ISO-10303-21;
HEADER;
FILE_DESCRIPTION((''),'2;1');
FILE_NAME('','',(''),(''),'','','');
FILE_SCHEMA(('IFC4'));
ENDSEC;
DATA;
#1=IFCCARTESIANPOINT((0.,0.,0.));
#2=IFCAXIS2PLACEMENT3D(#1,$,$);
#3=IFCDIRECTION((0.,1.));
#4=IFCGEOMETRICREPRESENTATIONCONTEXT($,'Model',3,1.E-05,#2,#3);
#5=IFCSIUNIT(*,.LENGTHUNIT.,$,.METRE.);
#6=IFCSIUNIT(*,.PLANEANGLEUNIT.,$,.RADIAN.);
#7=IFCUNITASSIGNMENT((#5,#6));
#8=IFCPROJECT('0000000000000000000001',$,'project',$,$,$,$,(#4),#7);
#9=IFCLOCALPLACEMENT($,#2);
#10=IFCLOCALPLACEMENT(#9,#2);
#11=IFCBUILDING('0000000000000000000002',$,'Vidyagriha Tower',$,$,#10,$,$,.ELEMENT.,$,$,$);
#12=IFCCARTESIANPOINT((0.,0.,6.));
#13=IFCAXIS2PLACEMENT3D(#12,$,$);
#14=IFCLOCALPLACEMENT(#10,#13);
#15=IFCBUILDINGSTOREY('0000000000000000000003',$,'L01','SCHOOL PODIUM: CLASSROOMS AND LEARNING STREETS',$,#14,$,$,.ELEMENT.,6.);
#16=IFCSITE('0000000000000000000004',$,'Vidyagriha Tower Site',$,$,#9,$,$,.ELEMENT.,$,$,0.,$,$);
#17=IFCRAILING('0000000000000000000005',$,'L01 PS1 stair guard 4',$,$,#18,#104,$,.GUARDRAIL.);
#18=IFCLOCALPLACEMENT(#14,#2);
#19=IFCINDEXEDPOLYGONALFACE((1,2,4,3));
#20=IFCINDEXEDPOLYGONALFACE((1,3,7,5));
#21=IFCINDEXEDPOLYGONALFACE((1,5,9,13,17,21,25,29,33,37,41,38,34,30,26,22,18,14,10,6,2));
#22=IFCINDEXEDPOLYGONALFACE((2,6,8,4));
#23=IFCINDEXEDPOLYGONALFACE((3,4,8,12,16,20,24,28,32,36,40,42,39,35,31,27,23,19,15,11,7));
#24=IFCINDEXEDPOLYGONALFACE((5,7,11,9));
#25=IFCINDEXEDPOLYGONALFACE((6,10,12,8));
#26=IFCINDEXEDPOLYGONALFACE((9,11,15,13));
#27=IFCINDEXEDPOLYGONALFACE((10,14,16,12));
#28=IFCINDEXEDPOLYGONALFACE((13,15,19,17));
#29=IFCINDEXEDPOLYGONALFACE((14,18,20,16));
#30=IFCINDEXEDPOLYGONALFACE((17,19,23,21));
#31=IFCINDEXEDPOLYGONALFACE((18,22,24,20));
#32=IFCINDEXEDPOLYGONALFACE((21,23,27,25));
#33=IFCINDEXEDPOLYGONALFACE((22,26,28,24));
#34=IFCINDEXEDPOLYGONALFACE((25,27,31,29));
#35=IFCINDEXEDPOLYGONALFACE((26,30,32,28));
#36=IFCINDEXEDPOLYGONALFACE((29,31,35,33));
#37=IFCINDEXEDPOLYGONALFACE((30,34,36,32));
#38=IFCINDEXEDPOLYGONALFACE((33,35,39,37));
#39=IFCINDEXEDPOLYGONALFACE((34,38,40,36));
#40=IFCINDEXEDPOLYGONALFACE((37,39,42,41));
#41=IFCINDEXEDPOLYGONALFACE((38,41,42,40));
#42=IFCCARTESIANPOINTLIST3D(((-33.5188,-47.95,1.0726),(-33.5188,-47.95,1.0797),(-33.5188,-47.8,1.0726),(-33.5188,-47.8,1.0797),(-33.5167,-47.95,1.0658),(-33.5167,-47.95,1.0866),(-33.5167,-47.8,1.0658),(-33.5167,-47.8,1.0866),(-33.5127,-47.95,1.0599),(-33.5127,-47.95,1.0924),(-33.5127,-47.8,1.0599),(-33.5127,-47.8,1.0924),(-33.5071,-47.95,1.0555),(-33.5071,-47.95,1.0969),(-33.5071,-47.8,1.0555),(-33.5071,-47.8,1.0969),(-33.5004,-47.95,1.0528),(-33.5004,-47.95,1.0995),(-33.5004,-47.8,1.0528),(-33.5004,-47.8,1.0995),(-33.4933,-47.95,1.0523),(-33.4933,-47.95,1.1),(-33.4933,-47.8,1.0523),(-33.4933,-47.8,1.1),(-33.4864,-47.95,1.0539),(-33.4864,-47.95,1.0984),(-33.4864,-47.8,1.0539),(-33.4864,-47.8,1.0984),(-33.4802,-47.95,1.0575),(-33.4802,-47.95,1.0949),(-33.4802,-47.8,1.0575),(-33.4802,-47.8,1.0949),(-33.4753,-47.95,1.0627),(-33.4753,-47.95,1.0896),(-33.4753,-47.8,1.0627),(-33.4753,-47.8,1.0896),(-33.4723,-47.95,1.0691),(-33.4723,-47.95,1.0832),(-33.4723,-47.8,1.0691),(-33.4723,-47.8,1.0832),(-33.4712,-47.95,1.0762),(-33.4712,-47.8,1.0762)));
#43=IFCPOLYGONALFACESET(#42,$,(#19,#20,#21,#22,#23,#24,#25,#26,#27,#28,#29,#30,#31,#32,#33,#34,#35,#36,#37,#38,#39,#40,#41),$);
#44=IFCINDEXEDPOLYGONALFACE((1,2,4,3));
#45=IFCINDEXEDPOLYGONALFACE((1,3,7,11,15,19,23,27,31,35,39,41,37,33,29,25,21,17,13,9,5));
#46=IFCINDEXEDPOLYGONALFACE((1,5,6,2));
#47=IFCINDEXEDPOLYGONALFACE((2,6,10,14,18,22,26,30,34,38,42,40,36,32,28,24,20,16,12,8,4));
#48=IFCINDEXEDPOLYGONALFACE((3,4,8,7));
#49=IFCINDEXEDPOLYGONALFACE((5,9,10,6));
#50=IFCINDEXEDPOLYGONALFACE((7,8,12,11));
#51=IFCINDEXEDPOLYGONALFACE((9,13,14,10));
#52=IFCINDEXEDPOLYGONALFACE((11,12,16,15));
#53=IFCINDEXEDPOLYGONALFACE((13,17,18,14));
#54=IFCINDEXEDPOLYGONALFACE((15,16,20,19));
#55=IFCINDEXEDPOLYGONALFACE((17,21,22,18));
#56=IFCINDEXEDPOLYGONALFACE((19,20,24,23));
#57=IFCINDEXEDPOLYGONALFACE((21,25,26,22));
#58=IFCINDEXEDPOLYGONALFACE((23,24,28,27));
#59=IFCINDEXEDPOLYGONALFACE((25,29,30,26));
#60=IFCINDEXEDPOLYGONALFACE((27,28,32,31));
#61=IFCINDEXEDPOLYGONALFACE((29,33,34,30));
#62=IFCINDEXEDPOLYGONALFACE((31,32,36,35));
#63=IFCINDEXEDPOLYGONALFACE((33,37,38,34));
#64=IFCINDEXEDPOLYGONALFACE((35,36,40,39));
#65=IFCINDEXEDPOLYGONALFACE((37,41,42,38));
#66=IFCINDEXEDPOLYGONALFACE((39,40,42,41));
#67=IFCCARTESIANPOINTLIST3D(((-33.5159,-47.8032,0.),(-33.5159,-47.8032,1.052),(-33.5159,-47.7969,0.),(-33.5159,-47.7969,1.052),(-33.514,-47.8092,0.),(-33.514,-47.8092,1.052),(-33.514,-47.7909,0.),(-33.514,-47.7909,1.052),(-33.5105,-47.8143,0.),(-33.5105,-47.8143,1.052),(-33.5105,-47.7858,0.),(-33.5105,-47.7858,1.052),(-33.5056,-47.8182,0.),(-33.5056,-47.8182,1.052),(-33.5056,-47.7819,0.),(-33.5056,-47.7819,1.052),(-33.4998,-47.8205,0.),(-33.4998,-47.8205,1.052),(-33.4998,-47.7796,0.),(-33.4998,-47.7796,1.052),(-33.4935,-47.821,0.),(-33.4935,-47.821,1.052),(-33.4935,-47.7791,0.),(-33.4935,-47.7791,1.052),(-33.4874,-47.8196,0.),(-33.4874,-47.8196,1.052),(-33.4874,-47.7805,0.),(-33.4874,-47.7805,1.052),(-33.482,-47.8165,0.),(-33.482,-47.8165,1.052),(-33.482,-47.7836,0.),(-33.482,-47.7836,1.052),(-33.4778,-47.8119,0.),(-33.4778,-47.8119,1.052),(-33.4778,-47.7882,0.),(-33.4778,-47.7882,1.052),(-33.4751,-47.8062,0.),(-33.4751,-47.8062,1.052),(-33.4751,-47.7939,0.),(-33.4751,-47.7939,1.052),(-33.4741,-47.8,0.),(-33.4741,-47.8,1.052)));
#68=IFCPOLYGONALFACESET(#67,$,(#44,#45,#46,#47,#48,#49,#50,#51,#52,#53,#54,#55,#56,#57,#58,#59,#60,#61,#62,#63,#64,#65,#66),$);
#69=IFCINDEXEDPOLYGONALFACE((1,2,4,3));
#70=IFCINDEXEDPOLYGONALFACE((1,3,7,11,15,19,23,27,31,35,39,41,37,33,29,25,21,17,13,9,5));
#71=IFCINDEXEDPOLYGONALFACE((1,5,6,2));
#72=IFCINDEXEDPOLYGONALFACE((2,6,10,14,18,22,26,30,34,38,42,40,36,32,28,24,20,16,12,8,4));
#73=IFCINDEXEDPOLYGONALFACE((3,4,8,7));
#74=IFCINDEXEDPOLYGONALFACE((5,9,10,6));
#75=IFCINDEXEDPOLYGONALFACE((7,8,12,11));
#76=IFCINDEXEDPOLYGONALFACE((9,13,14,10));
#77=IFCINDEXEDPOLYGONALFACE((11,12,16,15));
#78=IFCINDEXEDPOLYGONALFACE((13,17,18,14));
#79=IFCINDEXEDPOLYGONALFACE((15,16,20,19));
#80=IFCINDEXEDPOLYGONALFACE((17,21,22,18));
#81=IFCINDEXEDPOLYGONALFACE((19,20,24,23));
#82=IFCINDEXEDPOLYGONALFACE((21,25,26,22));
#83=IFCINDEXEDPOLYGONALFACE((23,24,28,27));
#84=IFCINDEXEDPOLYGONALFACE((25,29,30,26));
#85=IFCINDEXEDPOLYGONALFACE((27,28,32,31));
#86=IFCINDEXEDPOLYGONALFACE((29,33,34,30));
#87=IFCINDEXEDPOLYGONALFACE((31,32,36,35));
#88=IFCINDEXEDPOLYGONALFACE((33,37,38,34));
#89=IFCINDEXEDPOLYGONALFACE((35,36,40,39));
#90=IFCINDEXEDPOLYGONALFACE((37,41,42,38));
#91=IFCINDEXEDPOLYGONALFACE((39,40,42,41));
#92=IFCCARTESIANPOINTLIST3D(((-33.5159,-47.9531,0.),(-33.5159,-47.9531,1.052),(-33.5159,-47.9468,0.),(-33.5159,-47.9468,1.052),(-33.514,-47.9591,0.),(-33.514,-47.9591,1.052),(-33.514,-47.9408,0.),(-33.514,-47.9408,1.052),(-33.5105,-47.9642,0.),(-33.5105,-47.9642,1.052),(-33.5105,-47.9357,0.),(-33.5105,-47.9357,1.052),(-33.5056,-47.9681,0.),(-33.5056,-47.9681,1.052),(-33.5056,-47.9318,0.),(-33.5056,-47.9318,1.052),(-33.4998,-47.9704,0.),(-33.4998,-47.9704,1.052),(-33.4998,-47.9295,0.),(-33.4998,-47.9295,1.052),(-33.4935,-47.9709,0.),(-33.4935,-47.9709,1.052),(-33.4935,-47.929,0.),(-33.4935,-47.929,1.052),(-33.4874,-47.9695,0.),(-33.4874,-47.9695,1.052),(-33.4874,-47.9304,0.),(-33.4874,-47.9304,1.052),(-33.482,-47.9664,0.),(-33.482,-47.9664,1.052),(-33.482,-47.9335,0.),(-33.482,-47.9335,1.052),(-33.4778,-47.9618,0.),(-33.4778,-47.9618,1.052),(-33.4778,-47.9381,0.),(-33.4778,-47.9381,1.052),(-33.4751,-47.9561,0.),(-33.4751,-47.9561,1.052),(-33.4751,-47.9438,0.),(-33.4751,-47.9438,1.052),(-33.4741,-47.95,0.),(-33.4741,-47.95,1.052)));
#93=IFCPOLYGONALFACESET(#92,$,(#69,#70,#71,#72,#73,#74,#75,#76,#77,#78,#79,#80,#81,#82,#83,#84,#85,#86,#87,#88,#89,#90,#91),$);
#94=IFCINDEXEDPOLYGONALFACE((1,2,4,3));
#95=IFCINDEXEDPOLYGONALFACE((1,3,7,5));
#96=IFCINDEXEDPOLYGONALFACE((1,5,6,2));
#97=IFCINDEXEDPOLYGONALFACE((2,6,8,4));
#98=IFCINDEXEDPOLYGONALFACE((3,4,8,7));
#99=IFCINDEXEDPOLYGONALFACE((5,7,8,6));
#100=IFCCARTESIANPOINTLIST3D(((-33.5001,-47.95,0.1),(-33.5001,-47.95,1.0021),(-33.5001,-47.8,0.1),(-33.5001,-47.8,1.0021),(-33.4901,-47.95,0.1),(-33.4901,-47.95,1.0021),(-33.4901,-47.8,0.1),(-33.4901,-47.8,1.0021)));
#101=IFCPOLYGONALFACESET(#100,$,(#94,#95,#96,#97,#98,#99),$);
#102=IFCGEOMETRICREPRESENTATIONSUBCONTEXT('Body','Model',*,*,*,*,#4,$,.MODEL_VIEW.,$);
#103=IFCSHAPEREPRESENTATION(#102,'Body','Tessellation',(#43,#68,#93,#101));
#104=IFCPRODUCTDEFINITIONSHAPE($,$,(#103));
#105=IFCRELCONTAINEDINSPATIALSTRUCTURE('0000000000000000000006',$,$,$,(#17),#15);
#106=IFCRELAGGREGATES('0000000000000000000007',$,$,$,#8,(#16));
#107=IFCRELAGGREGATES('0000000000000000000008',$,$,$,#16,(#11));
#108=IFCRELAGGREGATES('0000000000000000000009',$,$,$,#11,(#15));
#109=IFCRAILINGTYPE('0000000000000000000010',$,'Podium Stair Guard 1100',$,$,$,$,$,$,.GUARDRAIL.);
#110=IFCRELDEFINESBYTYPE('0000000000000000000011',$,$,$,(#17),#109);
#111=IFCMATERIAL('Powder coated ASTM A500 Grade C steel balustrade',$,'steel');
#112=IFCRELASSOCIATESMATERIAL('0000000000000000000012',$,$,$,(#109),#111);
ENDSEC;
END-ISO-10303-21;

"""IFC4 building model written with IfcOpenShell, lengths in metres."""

from ifc_helpers import new_model, si_unit, direction, frame, origin, origin_2d, place, context, subcontext, project, spatial, rectangle, circle, extrude, material, type_object, element, save


model = new_model("IFC4")

# Units and contexts
model_context = context("Model", 3, precision=1e-05, world=origin(), true_north=direction((0.0, 1.0)))
body_context = subcontext(model_context, "Body", "Model", "MODEL_VIEW")
ifc_project = project(units=[si_unit("LENGTHUNIT", "METRE"), si_unit("PLANEANGLEUNIT", "RADIAN")], contexts=[model_context])

# Site, building, storey
site_placement = place(None, origin())
site = spatial("IfcSite", under=ifc_project, at=site_placement, Name="Vidyagriha Tower Site", CompositionType="ELEMENT", RefElevation=0.0)
building_placement = place(site_placement, origin())
building = spatial("IfcBuilding", under=site, at=building_placement, Name="Vidyagriha Tower", CompositionType="ELEMENT")
storey_placement = place(building_placement, frame((0.0, 0.0, 6.0)))
storey = spatial("IfcBuildingStorey", under=building, at=storey_placement, Name="L01", Description="SCHOOL PODIUM: CLASSROOMS AND LEARNING STREETS", CompositionType="ELEMENT", Elevation=6.0)

# Railing
ifc_material_1 = material(Name="Powder coated ASTM A500 Grade C steel balustrade", Category="steel")
railing_type_1 = type_object("IfcRailingType", Name="Podium Stair Guard 1100", PredefinedType="GUARDRAIL", material=ifc_material_1)
railing_1_placement = place(storey_placement, frame((-33.4951, -47.8, 0.0)))
element("IfcRailing", 1, at=railing_1_placement, inside=storey, type_object=railing_type_1, Name="L01 PS1 stair guard 4", PredefinedType="GUARDRAIL", context=body_context, shape_type="SweptSolid", body=[
    extrude(circle(Radius=0.0239, at=origin_2d()), frame((0.0, 0.0, 1.0762), z_axis=(0.0, -1.0, 0.0), x_axis=(1.0, 0.0, 0.0)), (0.0, 0.0, 1.0), 0.1499),
    extrude(circle(Radius=0.021, at=origin_2d()), origin(), (0.0, 0.0, 1.0), 1.052),
    extrude(circle(Radius=0.021, at=origin_2d()), frame((0.0, -0.1499, 0.0)), (0.0, 0.0, 1.0), 1.052),
    extrude(rectangle(XDim=0.01, YDim=0.9021, at=origin_2d()), frame((0.0, 0.0, 0.551), z_axis=(0.0, -1.0, 0.0), x_axis=(1.0, 0.0, 0.0)), (0.0, 0.0, 1.0), 0.1499),
])

save(model, "model.ifc")
